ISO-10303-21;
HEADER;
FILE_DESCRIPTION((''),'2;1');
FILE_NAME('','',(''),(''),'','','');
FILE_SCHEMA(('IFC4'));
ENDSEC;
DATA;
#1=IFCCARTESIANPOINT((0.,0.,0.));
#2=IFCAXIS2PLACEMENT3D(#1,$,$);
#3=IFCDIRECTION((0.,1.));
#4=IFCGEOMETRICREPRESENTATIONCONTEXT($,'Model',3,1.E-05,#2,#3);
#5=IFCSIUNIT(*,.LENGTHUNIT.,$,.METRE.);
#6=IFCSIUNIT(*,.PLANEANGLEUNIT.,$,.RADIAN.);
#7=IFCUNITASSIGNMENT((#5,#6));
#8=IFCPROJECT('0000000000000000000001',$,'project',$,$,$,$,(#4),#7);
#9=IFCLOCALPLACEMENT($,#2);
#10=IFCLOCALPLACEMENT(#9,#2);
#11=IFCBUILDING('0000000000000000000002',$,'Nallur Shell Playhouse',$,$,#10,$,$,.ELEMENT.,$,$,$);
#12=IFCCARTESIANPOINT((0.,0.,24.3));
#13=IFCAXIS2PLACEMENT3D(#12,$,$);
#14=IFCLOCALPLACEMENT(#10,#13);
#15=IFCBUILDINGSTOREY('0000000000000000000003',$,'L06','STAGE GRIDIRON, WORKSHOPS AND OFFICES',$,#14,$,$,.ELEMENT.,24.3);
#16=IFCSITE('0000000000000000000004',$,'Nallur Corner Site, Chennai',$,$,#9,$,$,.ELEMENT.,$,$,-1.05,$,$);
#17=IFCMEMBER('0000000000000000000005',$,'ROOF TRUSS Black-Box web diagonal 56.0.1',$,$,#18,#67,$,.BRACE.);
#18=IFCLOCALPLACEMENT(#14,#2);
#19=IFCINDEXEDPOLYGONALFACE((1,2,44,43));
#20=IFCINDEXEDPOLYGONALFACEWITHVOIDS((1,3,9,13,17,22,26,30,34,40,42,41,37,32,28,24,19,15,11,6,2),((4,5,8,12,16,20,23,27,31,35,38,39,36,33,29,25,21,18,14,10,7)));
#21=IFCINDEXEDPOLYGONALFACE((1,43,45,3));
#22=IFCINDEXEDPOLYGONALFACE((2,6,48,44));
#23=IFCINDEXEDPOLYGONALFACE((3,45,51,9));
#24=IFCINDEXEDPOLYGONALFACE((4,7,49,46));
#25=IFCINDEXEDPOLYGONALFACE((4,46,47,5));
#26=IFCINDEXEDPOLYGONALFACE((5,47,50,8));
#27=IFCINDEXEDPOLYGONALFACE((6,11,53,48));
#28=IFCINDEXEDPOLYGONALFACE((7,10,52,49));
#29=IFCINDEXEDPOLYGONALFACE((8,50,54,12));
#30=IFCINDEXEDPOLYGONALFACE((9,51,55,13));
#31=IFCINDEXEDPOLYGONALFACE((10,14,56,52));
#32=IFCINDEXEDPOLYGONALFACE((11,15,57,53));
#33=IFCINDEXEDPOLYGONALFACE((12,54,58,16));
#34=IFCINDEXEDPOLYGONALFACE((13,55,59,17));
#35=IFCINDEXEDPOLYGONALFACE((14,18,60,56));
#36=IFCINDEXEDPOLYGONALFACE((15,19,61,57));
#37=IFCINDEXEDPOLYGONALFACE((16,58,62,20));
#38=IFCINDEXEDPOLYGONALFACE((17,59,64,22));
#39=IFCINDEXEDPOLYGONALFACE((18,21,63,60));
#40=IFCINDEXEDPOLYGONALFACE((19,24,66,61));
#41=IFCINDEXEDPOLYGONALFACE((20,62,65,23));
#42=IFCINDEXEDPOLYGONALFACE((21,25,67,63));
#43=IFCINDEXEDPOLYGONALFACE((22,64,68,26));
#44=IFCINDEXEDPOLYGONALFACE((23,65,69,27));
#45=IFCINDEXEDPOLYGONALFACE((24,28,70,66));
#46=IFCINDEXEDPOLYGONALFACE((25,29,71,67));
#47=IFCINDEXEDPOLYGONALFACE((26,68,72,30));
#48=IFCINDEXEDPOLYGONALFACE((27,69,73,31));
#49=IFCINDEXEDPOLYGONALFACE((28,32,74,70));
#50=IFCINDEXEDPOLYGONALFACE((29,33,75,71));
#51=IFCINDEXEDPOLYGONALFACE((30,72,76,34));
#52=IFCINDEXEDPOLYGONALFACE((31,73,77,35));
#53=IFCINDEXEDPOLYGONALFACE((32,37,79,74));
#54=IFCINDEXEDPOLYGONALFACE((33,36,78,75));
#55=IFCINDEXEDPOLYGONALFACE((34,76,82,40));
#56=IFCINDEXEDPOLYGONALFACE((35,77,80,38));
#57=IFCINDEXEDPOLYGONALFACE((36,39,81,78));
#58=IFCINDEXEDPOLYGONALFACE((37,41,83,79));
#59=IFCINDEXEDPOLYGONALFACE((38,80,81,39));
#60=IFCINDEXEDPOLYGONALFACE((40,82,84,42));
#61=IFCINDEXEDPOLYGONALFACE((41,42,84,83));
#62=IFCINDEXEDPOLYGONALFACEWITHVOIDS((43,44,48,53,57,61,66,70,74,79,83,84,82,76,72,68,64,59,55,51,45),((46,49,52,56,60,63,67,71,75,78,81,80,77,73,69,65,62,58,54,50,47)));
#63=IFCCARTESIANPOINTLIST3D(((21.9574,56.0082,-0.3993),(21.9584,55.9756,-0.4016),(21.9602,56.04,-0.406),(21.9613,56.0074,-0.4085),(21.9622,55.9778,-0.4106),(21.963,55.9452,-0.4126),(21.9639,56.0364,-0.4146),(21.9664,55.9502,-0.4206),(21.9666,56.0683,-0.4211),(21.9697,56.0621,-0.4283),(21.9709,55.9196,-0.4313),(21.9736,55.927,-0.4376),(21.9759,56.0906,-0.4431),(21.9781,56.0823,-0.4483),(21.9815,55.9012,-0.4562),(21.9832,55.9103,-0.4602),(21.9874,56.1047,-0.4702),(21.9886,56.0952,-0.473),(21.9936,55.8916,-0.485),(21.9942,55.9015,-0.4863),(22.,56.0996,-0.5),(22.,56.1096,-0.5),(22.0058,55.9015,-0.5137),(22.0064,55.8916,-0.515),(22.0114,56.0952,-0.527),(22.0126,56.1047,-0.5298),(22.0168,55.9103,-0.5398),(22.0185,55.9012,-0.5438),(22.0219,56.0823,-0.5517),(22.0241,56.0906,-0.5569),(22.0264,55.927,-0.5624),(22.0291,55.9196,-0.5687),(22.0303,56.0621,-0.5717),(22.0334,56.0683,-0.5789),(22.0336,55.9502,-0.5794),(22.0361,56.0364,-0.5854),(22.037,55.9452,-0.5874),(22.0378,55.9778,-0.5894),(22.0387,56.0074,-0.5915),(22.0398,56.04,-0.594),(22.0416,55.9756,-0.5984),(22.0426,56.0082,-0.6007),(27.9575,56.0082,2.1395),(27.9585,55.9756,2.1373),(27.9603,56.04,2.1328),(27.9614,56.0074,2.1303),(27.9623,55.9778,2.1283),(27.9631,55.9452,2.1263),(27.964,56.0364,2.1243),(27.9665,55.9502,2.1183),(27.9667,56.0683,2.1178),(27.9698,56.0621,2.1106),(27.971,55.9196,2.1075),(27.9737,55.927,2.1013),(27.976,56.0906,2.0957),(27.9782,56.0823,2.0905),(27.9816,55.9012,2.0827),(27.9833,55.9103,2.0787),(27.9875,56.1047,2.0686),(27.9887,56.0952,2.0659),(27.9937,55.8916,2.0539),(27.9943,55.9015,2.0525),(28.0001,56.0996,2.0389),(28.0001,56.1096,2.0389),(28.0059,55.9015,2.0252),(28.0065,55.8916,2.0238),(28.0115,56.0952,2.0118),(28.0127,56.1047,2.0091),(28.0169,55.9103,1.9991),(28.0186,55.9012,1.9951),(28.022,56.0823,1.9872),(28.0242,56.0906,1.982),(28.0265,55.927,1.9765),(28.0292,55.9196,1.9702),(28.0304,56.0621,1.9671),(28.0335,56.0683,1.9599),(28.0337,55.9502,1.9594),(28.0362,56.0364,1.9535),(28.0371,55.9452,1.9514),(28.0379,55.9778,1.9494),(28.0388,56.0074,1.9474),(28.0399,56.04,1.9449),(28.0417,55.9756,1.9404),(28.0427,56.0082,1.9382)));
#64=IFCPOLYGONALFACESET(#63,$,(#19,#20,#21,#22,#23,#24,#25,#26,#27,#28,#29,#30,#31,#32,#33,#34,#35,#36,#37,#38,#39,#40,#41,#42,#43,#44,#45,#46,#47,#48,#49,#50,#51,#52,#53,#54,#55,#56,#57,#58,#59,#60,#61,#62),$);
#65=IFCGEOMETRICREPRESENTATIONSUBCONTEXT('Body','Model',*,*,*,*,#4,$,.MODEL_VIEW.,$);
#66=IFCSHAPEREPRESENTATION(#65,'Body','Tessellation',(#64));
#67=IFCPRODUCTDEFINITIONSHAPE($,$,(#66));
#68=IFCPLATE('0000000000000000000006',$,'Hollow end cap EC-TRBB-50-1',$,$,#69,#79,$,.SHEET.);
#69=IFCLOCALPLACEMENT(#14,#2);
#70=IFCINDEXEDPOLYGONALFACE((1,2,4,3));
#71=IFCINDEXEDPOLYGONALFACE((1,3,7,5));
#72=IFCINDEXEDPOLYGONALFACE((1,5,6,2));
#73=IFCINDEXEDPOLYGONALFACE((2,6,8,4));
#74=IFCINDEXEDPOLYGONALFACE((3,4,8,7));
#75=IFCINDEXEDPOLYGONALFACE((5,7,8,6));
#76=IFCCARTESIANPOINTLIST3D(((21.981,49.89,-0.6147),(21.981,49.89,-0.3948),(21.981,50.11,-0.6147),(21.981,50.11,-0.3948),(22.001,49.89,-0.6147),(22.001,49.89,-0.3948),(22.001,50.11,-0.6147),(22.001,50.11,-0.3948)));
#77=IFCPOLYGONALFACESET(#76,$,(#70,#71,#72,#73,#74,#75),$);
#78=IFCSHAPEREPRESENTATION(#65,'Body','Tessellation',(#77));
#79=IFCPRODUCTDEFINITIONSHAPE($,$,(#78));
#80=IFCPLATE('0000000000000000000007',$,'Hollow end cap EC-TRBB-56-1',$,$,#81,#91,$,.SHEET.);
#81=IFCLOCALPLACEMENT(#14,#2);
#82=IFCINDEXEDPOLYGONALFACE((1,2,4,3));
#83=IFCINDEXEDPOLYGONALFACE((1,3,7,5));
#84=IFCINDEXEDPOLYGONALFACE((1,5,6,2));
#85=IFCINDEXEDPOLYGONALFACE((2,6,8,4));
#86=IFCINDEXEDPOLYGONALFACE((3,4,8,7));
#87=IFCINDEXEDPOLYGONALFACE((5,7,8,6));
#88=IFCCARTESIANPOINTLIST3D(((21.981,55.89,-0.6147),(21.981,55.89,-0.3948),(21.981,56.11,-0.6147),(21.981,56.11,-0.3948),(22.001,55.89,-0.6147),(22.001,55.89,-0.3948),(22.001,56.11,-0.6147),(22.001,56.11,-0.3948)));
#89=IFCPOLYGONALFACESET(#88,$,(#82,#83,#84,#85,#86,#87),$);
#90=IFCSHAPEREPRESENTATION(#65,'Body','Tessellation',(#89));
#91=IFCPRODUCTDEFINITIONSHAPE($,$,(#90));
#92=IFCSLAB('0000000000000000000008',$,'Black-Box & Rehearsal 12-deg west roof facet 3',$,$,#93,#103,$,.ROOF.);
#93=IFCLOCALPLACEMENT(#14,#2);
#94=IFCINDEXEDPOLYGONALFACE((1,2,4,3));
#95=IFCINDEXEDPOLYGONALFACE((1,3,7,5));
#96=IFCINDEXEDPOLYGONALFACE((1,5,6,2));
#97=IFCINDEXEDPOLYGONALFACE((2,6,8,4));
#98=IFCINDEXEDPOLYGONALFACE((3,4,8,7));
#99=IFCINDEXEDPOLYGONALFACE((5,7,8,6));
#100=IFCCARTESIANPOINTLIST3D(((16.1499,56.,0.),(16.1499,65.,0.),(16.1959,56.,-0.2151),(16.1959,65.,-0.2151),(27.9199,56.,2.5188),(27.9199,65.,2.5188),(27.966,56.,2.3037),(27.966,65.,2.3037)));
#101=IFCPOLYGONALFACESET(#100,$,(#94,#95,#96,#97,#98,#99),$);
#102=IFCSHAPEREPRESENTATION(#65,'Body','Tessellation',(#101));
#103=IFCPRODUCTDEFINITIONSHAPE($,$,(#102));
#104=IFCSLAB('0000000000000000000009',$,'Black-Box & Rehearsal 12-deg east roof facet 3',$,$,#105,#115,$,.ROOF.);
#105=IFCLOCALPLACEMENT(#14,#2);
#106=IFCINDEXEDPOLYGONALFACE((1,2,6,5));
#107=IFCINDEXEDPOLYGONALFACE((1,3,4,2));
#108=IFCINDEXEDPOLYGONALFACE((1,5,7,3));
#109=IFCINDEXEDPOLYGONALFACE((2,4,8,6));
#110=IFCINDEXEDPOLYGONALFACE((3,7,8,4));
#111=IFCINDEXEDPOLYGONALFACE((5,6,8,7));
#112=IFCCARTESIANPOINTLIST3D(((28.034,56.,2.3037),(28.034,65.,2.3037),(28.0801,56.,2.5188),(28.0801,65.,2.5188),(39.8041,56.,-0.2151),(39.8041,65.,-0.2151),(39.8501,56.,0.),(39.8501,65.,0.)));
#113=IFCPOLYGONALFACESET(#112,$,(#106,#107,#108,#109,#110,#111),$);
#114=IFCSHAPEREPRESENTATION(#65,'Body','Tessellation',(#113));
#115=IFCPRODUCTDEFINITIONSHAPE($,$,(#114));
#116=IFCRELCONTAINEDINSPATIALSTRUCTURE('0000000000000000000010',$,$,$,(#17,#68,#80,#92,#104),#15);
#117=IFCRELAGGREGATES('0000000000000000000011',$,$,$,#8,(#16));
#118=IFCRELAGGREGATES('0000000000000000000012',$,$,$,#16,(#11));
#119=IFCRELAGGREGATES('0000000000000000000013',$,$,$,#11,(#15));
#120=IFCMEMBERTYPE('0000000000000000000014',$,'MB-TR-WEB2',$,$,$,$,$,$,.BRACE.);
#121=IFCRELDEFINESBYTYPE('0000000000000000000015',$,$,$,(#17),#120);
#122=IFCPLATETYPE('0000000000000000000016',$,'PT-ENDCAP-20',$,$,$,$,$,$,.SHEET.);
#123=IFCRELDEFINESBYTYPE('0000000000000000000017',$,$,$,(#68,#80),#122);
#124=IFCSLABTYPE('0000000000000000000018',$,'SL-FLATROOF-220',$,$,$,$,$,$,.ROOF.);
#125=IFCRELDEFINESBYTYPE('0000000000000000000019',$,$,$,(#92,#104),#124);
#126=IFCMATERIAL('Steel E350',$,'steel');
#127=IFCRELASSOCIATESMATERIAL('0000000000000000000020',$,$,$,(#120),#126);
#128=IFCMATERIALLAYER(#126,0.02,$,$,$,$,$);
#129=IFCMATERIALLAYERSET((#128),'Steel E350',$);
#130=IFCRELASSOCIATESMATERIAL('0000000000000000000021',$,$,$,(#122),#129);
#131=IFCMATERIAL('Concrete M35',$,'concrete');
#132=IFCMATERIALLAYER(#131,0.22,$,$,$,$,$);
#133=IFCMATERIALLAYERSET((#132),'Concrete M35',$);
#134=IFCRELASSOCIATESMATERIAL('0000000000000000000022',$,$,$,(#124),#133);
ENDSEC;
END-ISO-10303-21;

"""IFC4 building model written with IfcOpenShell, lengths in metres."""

from ifc_helpers import new_model, si_unit, direction, frame, origin, origin_2d, place, context, subcontext, project, spatial, polyline, rectangle, hollow_circle, outline, extrude, material, layer, layer_set, material_profile, profile_set, type_object, element, save


model = new_model("IFC4")

# Units and contexts
model_context = context("Model", 3, precision=1e-05, world=origin(), true_north=direction((0.0, 1.0)))
body_context = subcontext(model_context, "Body", "Model", "MODEL_VIEW")
ifc_project = project(units=[si_unit("LENGTHUNIT", "METRE"), si_unit("PLANEANGLEUNIT", "RADIAN")], contexts=[model_context])

# Site, building, storey
site_placement = place(None, origin())
site = spatial("IfcSite", under=ifc_project, at=site_placement, Name="Nallur Corner Site, Chennai", CompositionType="ELEMENT", RefElevation=-1.05)
building_placement = place(site_placement, origin())
building = spatial("IfcBuilding", under=site, at=building_placement, Name="Nallur Shell Playhouse", CompositionType="ELEMENT")
storey_placement = place(building_placement, frame((0.0, 0.0, 24.3)))
storey = spatial("IfcBuildingStorey", under=building, at=storey_placement, Name="L06", Description="STAGE GRIDIRON, WORKSHOPS AND OFFICES", CompositionType="ELEMENT", Elevation=24.3)

# Shared definitions
ifc_material_1 = material(Name="Steel E350", Category="steel")

# Member
ifc_material_profile_1 = material_profile(ifc_material_1, hollow_circle(Radius=0.1096, WallThickness=0.01, at=origin_2d()), Name="CHS 219.1x10")
ifc_profile_set_1 = profile_set([ifc_material_profile_1], Name="Steel E350")
member_type_1 = type_object("IfcMemberType", Name="MB-TR-WEB2", PredefinedType="BRACE", material=ifc_profile_set_1)
for number, where, z_axis, x_axis, name in (
    (1, (22.0, 56.0, -0.5), (0.920948, 0.0, 0.389686), (0.0, 1.0, 0.0), "ROOF TRUSS Black-Box web diagonal 56.0.1"),
):
    element("IfcMember", number, at=place(storey_placement, frame(where, z_axis=z_axis, x_axis=x_axis)), inside=storey, type_object=member_type_1, Name=name, PredefinedType="BRACE", context=body_context, shape_type="SweptSolid", body=[
        extrude(hollow_circle(Radius=0.1096, WallThickness=0.01, at=origin_2d()), origin(), (0.0, 0.0, 1.0), 6.5151),
    ])

# Plates
ifc_layer_1 = layer(ifc_material_1, 0.02)
ifc_layer_set_1 = layer_set([ifc_layer_1], Name="Steel E350")
plate_type = type_object("IfcPlateType", Name="PT-ENDCAP-20", PredefinedType="SHEET", material=ifc_layer_set_1)
for number, where, z_axis, x_axis, name in (
    (2, (21.991, 50.0, -0.6147), (0.0, 0.0, 1.0), (1.0, 0.0, 0.0), "Hollow end cap EC-TRBB-50-1"),
    (3, (21.991, 56.0, -0.6147), (0.0, 0.0, 1.0), (1.0, 0.0, 0.0), "Hollow end cap EC-TRBB-56-1"),
):
    element("IfcPlate", number, at=place(storey_placement, frame(where, z_axis=z_axis, x_axis=x_axis)), inside=storey, type_object=plate_type, Name=name, PredefinedType="SHEET", context=body_context, shape_type="SweptSolid", body=[
        extrude(rectangle(XDim=0.02, YDim=0.22, at=origin_2d()), origin(), (0.0, 0.0, 1.0), 0.22),
    ])

# Slabs
ifc_material_2 = material(Name="Concrete M35", Category="concrete")
ifc_layer_2 = layer(ifc_material_2, 0.22)
ifc_layer_set_2 = layer_set([ifc_layer_2], Name="Concrete M35")
slab_type = type_object("IfcSlabType", Name="SL-FLATROOF-220", PredefinedType="ROOF", material=ifc_layer_set_2)
for number, where, z_axis, x_axis, name in (
    (4, (16.1499, 56.0, 0.0), (-0.209263, 0.0, 0.977859), (0.977859, 0.0, 0.209263), "Black-Box & Rehearsal 12-deg west roof facet 3"),
    (5, (28.0801, 56.0, 2.5188), (0.209263, 0.0, 0.977859), (0.977859, 0.0, -0.209263), "Black-Box & Rehearsal 12-deg east roof facet 3"),
):
    element("IfcSlab", number, at=place(storey_placement, frame(where, z_axis=z_axis, x_axis=x_axis)), inside=storey, type_object=slab_type, Name=name, PredefinedType="ROOF", context=body_context, shape_type="SweptSolid", body=[
        extrude(outline(polyline([(0.0, 0.0), (12.0365, 0.0), (12.0365, 9.0), (0.0, 9.0), (0.0, 0.0)])), origin(), (0.0, 0.0, -1.0), 0.22),
    ])

save(model, "model.ifc")
